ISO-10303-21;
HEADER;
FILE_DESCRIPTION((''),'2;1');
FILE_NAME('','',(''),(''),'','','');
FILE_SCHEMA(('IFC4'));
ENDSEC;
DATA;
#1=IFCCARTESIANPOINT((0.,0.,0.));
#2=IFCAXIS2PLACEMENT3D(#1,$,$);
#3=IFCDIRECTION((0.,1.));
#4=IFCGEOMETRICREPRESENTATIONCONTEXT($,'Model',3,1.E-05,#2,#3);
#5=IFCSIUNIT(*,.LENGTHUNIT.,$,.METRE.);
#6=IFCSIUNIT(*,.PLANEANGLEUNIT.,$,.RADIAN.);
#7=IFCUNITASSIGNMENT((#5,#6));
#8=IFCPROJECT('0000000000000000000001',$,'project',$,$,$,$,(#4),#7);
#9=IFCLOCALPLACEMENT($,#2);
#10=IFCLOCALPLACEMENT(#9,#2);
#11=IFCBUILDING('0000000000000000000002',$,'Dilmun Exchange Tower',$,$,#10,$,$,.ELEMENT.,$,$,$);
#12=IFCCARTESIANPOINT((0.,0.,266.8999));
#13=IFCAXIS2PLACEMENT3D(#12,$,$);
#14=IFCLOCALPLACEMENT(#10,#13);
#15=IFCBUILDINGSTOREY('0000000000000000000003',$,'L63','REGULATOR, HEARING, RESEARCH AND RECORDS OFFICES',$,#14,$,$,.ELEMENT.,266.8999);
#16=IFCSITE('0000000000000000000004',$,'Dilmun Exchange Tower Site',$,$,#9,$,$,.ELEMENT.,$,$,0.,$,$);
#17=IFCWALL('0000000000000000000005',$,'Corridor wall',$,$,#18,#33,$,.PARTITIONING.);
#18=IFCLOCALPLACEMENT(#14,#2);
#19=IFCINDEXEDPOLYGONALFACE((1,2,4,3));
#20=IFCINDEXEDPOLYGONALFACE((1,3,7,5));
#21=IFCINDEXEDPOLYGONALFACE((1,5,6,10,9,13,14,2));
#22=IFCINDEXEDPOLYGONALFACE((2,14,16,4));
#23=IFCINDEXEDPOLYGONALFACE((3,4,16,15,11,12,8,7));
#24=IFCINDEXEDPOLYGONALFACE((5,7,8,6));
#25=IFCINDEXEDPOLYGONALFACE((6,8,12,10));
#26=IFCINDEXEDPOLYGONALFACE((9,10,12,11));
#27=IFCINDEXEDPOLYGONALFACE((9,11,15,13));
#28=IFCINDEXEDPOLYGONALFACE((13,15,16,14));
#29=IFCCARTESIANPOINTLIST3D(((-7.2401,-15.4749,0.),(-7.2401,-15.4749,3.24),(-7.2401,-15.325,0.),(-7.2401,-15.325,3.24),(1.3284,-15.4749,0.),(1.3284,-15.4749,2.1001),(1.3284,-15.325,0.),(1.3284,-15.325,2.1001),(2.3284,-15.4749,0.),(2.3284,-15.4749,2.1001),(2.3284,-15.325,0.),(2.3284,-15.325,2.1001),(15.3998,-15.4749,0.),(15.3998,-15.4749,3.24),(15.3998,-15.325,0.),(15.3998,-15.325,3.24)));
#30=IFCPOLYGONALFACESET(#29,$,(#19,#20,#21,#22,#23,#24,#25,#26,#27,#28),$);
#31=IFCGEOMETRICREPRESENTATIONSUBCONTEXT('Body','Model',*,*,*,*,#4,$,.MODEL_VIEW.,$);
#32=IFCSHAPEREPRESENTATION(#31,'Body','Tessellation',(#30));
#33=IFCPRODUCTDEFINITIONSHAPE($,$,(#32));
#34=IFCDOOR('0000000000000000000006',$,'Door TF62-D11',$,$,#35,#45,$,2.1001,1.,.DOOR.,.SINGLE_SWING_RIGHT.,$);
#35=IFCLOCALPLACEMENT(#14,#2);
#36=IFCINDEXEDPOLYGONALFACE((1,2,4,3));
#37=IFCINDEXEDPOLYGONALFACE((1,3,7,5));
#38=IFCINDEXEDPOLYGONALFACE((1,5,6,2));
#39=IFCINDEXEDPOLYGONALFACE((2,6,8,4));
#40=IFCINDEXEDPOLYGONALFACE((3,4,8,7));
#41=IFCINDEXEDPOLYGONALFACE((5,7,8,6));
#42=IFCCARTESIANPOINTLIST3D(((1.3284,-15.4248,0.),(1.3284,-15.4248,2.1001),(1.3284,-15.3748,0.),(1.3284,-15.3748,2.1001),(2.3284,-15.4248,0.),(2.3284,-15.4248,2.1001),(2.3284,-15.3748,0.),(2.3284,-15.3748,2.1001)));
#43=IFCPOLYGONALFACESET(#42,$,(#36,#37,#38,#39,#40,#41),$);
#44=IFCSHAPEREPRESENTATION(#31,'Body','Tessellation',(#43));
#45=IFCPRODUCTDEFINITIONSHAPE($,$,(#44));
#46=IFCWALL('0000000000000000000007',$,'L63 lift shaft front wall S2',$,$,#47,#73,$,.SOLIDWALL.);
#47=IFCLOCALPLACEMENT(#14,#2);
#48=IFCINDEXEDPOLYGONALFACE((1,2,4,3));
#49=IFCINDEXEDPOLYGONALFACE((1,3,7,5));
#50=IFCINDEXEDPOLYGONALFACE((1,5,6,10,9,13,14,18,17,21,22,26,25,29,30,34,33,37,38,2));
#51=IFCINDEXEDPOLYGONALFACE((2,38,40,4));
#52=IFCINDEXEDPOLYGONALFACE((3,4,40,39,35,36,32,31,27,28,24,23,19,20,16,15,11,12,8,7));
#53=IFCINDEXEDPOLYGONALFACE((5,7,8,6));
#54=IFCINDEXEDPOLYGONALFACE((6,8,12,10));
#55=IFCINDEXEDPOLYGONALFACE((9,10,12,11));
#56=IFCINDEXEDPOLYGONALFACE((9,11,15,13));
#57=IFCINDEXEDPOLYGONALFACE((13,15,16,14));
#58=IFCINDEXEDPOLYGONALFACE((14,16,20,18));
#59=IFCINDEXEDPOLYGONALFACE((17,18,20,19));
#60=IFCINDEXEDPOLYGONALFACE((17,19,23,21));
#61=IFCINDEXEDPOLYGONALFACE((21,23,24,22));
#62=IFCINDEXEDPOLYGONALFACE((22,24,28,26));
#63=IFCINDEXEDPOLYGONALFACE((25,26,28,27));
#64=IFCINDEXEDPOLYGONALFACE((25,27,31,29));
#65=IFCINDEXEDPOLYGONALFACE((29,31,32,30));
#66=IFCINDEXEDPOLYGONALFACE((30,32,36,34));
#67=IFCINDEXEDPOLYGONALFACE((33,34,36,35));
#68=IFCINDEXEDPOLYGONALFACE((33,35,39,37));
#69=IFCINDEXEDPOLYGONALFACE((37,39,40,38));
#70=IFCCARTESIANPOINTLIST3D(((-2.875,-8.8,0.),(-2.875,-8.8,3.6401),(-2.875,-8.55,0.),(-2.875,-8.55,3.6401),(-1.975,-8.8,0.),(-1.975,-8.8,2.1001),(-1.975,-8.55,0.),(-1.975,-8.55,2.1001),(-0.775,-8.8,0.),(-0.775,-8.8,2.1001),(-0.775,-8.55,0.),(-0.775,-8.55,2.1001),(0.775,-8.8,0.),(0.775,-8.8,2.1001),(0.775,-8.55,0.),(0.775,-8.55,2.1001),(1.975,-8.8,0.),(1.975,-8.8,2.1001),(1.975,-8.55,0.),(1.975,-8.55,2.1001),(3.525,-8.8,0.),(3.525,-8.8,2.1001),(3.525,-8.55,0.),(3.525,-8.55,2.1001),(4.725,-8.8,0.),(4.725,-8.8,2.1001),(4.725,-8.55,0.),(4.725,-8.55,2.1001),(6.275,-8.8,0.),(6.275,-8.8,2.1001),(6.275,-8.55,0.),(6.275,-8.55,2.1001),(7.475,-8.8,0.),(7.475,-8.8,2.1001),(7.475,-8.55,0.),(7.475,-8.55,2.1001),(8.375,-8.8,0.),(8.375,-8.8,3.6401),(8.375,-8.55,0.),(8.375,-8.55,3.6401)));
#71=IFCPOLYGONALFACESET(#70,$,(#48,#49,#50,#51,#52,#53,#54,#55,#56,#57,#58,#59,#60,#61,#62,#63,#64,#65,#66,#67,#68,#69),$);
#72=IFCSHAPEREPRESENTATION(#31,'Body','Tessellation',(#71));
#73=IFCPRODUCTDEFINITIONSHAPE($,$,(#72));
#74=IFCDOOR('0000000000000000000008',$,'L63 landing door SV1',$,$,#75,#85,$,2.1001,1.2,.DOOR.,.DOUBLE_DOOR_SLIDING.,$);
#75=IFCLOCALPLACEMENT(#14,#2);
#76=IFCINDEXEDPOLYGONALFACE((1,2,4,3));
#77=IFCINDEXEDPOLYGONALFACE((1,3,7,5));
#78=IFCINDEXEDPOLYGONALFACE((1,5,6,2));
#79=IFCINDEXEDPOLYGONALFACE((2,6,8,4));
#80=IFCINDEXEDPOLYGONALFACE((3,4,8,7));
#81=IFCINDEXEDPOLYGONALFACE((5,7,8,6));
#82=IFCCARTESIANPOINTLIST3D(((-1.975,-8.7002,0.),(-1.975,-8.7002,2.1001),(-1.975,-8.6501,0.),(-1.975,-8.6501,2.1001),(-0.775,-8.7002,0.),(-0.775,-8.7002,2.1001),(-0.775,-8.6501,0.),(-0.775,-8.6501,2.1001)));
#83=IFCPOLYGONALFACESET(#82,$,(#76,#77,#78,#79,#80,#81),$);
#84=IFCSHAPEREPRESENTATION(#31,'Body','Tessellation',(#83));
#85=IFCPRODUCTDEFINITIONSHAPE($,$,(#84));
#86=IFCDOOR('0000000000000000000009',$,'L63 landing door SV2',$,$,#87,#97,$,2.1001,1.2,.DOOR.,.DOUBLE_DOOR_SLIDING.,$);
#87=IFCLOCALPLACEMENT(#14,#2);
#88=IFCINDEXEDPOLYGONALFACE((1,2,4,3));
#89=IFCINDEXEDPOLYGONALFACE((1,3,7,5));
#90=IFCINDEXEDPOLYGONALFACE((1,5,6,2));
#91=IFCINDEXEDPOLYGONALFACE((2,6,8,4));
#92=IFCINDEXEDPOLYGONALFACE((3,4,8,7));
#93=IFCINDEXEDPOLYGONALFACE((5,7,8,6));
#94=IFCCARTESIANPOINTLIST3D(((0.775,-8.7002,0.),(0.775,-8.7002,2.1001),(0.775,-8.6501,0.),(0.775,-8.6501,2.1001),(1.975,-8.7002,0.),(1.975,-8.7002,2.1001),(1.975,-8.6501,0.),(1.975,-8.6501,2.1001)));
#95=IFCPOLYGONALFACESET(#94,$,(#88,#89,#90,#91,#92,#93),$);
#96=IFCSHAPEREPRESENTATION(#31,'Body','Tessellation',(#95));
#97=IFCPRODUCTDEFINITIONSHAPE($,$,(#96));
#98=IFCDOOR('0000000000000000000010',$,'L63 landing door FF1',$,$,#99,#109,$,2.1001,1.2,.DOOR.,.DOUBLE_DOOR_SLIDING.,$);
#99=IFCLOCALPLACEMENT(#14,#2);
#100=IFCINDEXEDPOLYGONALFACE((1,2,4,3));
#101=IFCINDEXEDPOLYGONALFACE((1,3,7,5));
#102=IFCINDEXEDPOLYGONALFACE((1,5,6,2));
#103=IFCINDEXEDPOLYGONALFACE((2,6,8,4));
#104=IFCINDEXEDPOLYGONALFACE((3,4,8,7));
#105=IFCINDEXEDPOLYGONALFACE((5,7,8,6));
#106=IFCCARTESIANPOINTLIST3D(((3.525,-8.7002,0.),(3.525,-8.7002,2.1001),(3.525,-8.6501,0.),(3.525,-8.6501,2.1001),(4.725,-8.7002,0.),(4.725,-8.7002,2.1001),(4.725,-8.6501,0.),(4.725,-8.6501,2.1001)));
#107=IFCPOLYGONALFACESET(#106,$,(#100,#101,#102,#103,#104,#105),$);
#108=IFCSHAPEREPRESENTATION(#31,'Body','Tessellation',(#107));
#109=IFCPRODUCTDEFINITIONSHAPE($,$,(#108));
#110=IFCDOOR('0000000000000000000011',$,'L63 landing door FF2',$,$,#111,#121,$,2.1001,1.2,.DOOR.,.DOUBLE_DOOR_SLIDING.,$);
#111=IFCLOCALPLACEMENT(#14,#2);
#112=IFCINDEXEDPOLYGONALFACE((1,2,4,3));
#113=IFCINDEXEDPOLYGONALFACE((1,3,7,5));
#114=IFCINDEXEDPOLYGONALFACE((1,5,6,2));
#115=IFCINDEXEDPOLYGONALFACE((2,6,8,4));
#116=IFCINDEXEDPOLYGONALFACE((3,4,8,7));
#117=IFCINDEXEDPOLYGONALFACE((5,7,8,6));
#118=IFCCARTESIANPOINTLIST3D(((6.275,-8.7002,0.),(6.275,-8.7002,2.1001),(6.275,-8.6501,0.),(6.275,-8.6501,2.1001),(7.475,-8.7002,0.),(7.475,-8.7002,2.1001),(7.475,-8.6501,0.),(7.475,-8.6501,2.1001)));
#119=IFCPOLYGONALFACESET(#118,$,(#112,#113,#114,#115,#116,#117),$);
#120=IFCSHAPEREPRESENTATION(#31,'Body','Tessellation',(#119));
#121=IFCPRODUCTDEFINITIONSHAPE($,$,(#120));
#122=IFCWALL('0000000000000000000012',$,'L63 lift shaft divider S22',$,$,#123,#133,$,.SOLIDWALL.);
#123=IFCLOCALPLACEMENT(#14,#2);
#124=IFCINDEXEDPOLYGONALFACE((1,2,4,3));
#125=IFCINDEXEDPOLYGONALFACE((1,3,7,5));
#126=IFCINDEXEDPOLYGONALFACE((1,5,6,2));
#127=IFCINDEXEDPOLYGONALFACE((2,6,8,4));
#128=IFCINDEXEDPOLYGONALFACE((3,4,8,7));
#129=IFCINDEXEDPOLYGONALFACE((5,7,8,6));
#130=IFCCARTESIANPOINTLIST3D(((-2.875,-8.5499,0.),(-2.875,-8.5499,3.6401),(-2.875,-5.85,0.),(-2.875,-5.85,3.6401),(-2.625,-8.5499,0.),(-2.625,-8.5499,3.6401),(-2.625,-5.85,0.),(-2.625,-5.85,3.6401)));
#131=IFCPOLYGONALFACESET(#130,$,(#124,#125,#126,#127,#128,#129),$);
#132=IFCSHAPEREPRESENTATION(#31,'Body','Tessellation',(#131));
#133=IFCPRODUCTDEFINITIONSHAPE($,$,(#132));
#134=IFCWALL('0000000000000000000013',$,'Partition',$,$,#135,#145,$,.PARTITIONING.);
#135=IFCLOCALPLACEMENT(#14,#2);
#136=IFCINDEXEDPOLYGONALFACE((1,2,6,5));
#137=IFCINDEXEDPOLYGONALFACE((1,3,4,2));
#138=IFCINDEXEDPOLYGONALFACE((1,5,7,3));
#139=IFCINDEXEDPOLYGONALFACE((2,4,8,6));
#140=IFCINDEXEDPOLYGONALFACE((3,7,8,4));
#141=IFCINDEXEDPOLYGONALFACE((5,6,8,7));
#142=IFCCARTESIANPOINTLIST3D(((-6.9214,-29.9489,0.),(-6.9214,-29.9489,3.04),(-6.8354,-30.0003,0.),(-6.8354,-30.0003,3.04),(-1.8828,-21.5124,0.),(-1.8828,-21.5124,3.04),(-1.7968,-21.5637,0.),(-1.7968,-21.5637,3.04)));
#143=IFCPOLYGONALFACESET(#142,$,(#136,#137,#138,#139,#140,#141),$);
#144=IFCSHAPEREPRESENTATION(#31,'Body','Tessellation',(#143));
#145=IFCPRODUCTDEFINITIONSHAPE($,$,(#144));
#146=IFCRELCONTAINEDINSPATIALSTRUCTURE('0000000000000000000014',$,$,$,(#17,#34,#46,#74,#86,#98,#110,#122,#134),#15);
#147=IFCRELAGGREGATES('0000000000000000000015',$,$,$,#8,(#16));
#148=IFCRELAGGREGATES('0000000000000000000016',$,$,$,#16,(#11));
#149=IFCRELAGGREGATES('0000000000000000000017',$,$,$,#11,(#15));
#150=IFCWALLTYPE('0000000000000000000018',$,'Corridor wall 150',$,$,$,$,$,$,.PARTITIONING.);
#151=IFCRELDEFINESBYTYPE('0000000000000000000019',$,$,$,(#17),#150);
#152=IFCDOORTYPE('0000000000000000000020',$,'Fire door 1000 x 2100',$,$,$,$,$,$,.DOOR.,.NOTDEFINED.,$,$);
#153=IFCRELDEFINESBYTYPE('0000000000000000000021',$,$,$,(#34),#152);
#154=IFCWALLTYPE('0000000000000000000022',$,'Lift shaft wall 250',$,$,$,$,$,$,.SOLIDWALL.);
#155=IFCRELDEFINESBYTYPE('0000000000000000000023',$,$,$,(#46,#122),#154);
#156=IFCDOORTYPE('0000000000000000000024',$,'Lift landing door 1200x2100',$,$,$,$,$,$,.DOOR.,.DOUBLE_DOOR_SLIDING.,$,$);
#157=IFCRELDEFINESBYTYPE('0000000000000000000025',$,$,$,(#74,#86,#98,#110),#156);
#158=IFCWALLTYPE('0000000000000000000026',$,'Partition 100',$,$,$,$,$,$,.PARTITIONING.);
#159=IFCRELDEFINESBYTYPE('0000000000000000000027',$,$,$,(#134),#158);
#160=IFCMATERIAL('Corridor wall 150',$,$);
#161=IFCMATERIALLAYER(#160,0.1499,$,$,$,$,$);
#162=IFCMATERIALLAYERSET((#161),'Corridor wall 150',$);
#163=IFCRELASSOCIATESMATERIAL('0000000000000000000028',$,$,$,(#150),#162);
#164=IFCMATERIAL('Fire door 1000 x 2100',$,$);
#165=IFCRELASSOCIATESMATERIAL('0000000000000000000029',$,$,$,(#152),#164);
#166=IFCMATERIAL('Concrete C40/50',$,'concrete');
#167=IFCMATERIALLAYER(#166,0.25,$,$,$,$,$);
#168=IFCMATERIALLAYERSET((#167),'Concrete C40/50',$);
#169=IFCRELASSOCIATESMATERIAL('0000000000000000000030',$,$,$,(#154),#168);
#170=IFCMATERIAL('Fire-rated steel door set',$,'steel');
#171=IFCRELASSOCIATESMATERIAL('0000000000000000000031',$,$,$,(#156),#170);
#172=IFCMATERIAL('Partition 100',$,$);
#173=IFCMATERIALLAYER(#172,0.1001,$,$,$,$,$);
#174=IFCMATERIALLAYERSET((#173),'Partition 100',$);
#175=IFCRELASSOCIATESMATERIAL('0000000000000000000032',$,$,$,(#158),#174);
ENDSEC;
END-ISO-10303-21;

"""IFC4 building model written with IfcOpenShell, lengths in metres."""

from ifc_helpers import new_model, si_unit, direction, frame, frame_2d, origin, place, context, subcontext, project, spatial, rectangle, extrude, material, layer, layer_set, type_object, element, fill, save


model = new_model("IFC4")

# Units and contexts
model_context = context("Model", 3, precision=1e-05, world=origin(), true_north=direction((0.0, 1.0)))
body_context = subcontext(model_context, "Body", "Model", "MODEL_VIEW")
ifc_project = project(units=[si_unit("LENGTHUNIT", "METRE"), si_unit("PLANEANGLEUNIT", "RADIAN")], contexts=[model_context])

# Site, building, storey
site_placement = place(None, origin())
site = spatial("IfcSite", under=ifc_project, at=site_placement, Name="Dilmun Exchange Tower Site", CompositionType="ELEMENT", RefElevation=0.0)
building_placement = place(site_placement, origin())
building = spatial("IfcBuilding", under=site, at=building_placement, Name="Dilmun Exchange Tower", CompositionType="ELEMENT")
storey_placement = place(building_placement, frame((0.0, 0.0, 266.8999)))
storey = spatial("IfcBuildingStorey", under=building, at=storey_placement, Name="L63", Description="REGULATOR, HEARING, RESEARCH AND RECORDS OFFICES", CompositionType="ELEMENT", Elevation=266.8999)

# Shared definitions
ifc_material_1 = material(Name="Concrete C40/50", Category="concrete")

# Shared definitions
ifc_material_2 = material(Name="Fire-rated steel door set", Category="steel")
ifc_material_3 = material(Name="Corridor wall 150")
ifc_layer_1 = layer(ifc_material_3, 0.1499)
ifc_layer_set_1 = layer_set([ifc_layer_1], Name="Corridor wall 150")
wall_type_1 = type_object("IfcWallType", Name="Corridor wall 150", PredefinedType="PARTITIONING", material=ifc_layer_set_1)
ifc_material_4 = material(Name="Fire door 1000 x 2100")
door_type_1 = type_object("IfcDoorType", Name="Fire door 1000 x 2100", OperationType="NOTDEFINED", PredefinedType="DOOR", material=ifc_material_4)

# Wall, opening, door
wall_1_placement = place(storey_placement, frame((-7.24, -15.3999, 0.0), z_axis=(0.0, 0.0, 1.0), x_axis=(1.0, 0.0, 0.0)))
wall_1 = element("IfcWall", 1, at=wall_1_placement, inside=storey, type_object=wall_type_1, Name="Corridor wall", PredefinedType="PARTITIONING", context=body_context, shape_type="SweptSolid", body=[
    extrude(rectangle(XDim=22.6399, YDim=0.1499, at=frame_2d((11.3198, 0.0))), origin(), (0.0, 0.0, 1.0), 3.24),
])
opening_1_placement = place(wall_1_placement, frame((8.5684, 0.0, 0.0)))
opening_1 = element("IfcOpeningElement", 2, at=opening_1_placement, cuts=wall_1, PredefinedType="OPENING", context=body_context, shape_type="SweptSolid", body=[
    extrude(rectangle(XDim=1.0, YDim=2.1001, at=frame_2d((0.5, 1.05))), frame((0.0, 0.085, 0.0), z_axis=(0.0, -1.0, 0.0), x_axis=(1.0, 0.0, 0.0)), (0.0, 0.0, 1.0), 0.1699),
])
door_1_placement = place(opening_1_placement, frame((1.0, 0.0, 0.0), z_axis=(0.0, 0.0, 1.0), x_axis=(-1.0, 0.0, 0.0)))
door_1 = element("IfcDoor", 3, at=door_1_placement, inside=storey, type_object=door_type_1, Name="Door TF62-D11", OperationType="SINGLE_SWING_RIGHT", OverallHeight=2.1001, OverallWidth=1.0, PredefinedType="DOOR", context=body_context, shape_type="SweptSolid", body=[
    extrude(rectangle(XDim=1.0, YDim=2.1001, at=frame_2d((0.5, 1.05))), frame((0.0, 0.0249, 0.0), z_axis=(0.0, -1.0, 0.0), x_axis=(1.0, 0.0, 0.0)), (0.0, 0.0, 1.0), 0.05),
])
fill(opening_1, door_1)

# Wall, openings, doors
ifc_layer_2 = layer(ifc_material_1, 0.25)
ifc_layer_set_2 = layer_set([ifc_layer_2], Name="Concrete C40/50")
wall_type_2 = type_object("IfcWallType", Name="Lift shaft wall 250", PredefinedType="SOLIDWALL", material=ifc_layer_set_2)
wall_2_placement = place(storey_placement, frame((-2.875, -8.675, 0.0), z_axis=(0.0, 0.0, 1.0), x_axis=(1.0, 0.0, 0.0)))
wall_2 = element("IfcWall", 4, at=wall_2_placement, inside=storey, type_object=wall_type_2, Name="L63 lift shaft front wall S2", PredefinedType="SOLIDWALL", context=body_context, shape_type="SweptSolid", body=[
    extrude(rectangle(XDim=11.25, YDim=0.25, at=frame_2d((5.625, 0.0))), origin(), (0.0, 0.0, 1.0), 3.6401),
])
opening_2_placement = place(wall_2_placement, frame((0.8999, 0.0, 0.0)))
opening_2 = element("IfcOpeningElement", 5, at=opening_2_placement, cuts=wall_2, PredefinedType="OPENING", context=body_context, shape_type="SweptSolid", body=[
    extrude(rectangle(XDim=1.2, YDim=2.1001, at=frame_2d((0.6001, 1.05))), frame((0.0, 0.135, 0.0), z_axis=(0.0, -1.0, 0.0), x_axis=(1.0, 0.0, 0.0)), (0.0, 0.0, 1.0), 0.27),
])
opening_3_placement = place(wall_2_placement, frame((3.6499, 0.0, 0.0)))
opening_3 = element("IfcOpeningElement", 6, at=opening_3_placement, cuts=wall_2, PredefinedType="OPENING", context=body_context, shape_type="SweptSolid", body=[
    extrude(rectangle(XDim=1.2, YDim=2.1001, at=frame_2d((0.6001, 1.05))), frame((0.0, 0.135, 0.0), z_axis=(0.0, -1.0, 0.0), x_axis=(1.0, 0.0, 0.0)), (0.0, 0.0, 1.0), 0.27),
])
opening_4_placement = place(wall_2_placement, frame((6.3999, 0.0, 0.0)))
opening_4 = element("IfcOpeningElement", 7, at=opening_4_placement, cuts=wall_2, PredefinedType="OPENING", context=body_context, shape_type="SweptSolid", body=[
    extrude(rectangle(XDim=1.2, YDim=2.1001, at=frame_2d((0.6001, 1.05))), frame((0.0, 0.135, 0.0), z_axis=(0.0, -1.0, 0.0), x_axis=(1.0, 0.0, 0.0)), (0.0, 0.0, 1.0), 0.27),
])
opening_5_placement = place(wall_2_placement, frame((9.1499, 0.0, 0.0)))
opening_5 = element("IfcOpeningElement", 8, at=opening_5_placement, cuts=wall_2, PredefinedType="OPENING", context=body_context, shape_type="SweptSolid", body=[
    extrude(rectangle(XDim=1.2, YDim=2.1001, at=frame_2d((0.6001, 1.05))), frame((0.0, 0.135, 0.0), z_axis=(0.0, -1.0, 0.0), x_axis=(1.0, 0.0, 0.0)), (0.0, 0.0, 1.0), 0.27),
])
door_type_2 = type_object("IfcDoorType", Name="Lift landing door 1200x2100", OperationType="DOUBLE_DOOR_SLIDING", PredefinedType="DOOR", material=ifc_material_2)
door_2_placement = place(opening_2_placement, origin())
door_2 = element("IfcDoor", 9, at=door_2_placement, inside=storey, type_object=door_type_2, Name="L63 landing door SV1", OperationType="DOUBLE_DOOR_SLIDING", OverallHeight=2.1001, OverallWidth=1.2, PredefinedType="DOOR", context=body_context, shape_type="SweptSolid", body=[
    extrude(rectangle(XDim=1.2, YDim=2.1001, at=frame_2d((0.6001, 1.05))), frame((0.0, 0.0249, 0.0), z_axis=(0.0, -1.0, 0.0), x_axis=(1.0, 0.0, 0.0)), (0.0, 0.0, 1.0), 0.05),
])
fill(opening_2, door_2)
door_3_placement = place(opening_3_placement, origin())
door_3 = element("IfcDoor", 10, at=door_3_placement, inside=storey, type_object=door_type_2, Name="L63 landing door SV2", OperationType="DOUBLE_DOOR_SLIDING", OverallHeight=2.1001, OverallWidth=1.2, PredefinedType="DOOR", context=body_context, shape_type="SweptSolid", body=[
    extrude(rectangle(XDim=1.2, YDim=2.1001, at=frame_2d((0.6001, 1.05))), frame((0.0, 0.0249, 0.0), z_axis=(0.0, -1.0, 0.0), x_axis=(1.0, 0.0, 0.0)), (0.0, 0.0, 1.0), 0.05),
])
fill(opening_3, door_3)
door_4_placement = place(opening_4_placement, origin())
door_4 = element("IfcDoor", 11, at=door_4_placement, inside=storey, type_object=door_type_2, Name="L63 landing door FF1", OperationType="DOUBLE_DOOR_SLIDING", OverallHeight=2.1001, OverallWidth=1.2, PredefinedType="DOOR", context=body_context, shape_type="SweptSolid", body=[
    extrude(rectangle(XDim=1.2, YDim=2.1001, at=frame_2d((0.6001, 1.05))), frame((0.0, 0.0249, 0.0), z_axis=(0.0, -1.0, 0.0), x_axis=(1.0, 0.0, 0.0)), (0.0, 0.0, 1.0), 0.05),
])
fill(opening_4, door_4)
door_5_placement = place(opening_5_placement, origin())
door_5 = element("IfcDoor", 12, at=door_5_placement, inside=storey, type_object=door_type_2, Name="L63 landing door FF2", OperationType="DOUBLE_DOOR_SLIDING", OverallHeight=2.1001, OverallWidth=1.2, PredefinedType="DOOR", context=body_context, shape_type="SweptSolid", body=[
    extrude(rectangle(XDim=1.2, YDim=2.1001, at=frame_2d((0.6001, 1.05))), frame((0.0, 0.0249, 0.0), z_axis=(0.0, -1.0, 0.0), x_axis=(1.0, 0.0, 0.0)), (0.0, 0.0, 1.0), 0.05),
])
fill(opening_5, door_5)

# Walls
wall_3_placement = place(storey_placement, frame((-2.75, -8.55, 0.0), z_axis=(0.0, 0.0, 1.0), x_axis=(0.0, 1.0, 0.0)))
element("IfcWall", 13, at=wall_3_placement, inside=storey, type_object=wall_type_2, Name="L63 lift shaft divider S22", PredefinedType="SOLIDWALL", context=body_context, shape_type="SweptSolid", body=[
    extrude(rectangle(XDim=2.7, YDim=0.25, at=frame_2d((1.3501, 0.0))), origin(), (0.0, 0.0, 1.0), 3.6401),
])
ifc_material_5 = material(Name="Partition 100")
ifc_layer_3 = layer(ifc_material_5, 0.1001)
ifc_layer_set_3 = layer_set([ifc_layer_3], Name="Partition 100")
wall_type_3 = type_object("IfcWallType", Name="Partition 100", PredefinedType="PARTITIONING", material=ifc_layer_set_3)
wall_4_placement = place(storey_placement, frame((-6.8784, -29.9746, 0.0), z_axis=(0.0, 0.0, 1.0), x_axis=(0.512748, 0.858539, 0.0)))
element("IfcWall", 14, at=wall_4_placement, inside=storey, type_object=wall_type_3, Name="Partition", PredefinedType="PARTITIONING", context=body_context, shape_type="SweptSolid", body=[
    extrude(rectangle(XDim=9.8267, YDim=0.1001, at=frame_2d((4.9133, 0.0))), origin(), (0.0, 0.0, 1.0), 3.04),
])

save(model, "model.ifc")
